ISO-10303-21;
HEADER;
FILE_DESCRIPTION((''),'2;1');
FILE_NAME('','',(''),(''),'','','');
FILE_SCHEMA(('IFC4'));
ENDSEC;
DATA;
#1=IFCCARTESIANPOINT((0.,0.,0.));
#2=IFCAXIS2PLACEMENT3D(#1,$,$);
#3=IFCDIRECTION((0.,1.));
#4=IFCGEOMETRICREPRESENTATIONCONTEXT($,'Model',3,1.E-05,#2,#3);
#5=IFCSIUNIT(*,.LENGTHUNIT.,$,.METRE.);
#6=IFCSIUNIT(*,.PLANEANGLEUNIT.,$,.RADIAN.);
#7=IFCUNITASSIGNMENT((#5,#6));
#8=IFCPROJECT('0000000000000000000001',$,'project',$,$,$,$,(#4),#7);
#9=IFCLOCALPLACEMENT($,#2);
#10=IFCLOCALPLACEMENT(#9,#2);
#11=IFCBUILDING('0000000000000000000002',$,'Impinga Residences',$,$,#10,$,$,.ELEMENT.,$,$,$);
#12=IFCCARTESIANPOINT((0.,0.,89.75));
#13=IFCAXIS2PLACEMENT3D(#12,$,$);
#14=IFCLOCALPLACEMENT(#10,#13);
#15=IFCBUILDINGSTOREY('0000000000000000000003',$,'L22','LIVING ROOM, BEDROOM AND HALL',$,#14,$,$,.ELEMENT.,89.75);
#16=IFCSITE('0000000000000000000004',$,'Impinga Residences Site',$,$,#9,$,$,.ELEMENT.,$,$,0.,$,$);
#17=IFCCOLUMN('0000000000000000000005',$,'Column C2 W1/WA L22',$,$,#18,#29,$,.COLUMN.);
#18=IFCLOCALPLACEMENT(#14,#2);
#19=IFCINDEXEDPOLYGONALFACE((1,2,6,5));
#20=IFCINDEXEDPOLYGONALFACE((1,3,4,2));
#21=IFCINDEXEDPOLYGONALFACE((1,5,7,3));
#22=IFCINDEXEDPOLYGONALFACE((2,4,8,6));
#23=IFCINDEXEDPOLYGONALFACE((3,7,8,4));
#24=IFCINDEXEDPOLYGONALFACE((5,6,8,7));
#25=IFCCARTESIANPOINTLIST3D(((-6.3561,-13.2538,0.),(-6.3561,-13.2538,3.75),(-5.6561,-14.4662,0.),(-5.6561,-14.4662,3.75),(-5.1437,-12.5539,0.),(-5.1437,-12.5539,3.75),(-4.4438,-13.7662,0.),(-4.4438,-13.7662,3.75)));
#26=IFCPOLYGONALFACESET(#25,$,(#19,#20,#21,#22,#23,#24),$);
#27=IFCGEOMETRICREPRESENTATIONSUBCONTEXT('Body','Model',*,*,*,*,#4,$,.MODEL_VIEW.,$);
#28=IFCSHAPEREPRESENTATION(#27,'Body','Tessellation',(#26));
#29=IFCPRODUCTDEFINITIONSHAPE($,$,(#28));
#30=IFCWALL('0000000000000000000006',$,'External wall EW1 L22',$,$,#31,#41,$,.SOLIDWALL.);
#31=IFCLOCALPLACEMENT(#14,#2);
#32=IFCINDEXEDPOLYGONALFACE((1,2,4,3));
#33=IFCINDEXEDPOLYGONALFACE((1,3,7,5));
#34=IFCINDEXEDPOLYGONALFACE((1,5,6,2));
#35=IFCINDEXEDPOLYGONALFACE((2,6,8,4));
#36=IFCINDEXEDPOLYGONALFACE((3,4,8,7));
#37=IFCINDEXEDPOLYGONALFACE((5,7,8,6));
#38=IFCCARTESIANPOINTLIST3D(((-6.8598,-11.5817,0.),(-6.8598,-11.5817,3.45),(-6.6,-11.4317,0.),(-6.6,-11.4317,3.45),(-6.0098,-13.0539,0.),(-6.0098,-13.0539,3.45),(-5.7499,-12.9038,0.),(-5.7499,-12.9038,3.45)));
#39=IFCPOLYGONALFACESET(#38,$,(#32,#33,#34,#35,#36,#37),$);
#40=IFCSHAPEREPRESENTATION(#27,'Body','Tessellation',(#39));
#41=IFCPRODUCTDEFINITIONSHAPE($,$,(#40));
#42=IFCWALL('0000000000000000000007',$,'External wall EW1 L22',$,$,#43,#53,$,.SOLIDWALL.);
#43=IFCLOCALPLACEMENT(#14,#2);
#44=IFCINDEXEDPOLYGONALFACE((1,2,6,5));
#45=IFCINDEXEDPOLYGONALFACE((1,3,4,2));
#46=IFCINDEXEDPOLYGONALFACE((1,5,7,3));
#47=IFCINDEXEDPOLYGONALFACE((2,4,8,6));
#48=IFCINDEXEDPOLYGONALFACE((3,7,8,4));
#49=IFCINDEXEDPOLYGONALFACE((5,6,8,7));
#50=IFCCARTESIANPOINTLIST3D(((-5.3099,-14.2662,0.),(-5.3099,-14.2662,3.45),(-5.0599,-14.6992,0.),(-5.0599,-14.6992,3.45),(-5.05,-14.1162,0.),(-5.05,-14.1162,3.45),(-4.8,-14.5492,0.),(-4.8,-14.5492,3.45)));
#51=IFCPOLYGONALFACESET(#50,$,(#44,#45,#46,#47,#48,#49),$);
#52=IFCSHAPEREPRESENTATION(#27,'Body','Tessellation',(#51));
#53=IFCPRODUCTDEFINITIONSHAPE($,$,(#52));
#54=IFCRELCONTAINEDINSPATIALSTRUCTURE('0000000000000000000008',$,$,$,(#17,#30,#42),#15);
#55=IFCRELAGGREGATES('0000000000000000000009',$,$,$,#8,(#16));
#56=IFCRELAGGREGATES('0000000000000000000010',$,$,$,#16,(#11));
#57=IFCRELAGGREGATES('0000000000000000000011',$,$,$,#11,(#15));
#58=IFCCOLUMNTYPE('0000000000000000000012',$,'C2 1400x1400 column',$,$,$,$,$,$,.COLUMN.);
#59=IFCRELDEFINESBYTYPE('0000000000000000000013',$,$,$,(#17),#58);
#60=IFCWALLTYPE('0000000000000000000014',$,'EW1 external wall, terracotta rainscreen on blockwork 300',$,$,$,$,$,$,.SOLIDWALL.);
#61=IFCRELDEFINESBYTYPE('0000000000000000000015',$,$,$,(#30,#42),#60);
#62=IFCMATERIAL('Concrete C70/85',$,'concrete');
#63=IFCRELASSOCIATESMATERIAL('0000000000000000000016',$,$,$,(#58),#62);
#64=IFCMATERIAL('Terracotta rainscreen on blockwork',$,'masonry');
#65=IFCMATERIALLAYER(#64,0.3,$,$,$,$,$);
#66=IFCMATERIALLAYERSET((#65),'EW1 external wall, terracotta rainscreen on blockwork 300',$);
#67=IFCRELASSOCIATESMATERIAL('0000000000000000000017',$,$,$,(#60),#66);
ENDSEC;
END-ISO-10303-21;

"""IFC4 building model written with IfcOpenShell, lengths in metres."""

from ifc_helpers import new_model, si_unit, direction, frame, frame_2d, origin, origin_2d, place, context, subcontext, project, spatial, rectangle, extrude, material, layer, layer_set, material_profile, profile_set, type_object, element, save


model = new_model("IFC4")

# Units and contexts
model_context = context("Model", 3, precision=1e-05, world=origin(), true_north=direction((0.0, 1.0)))
body_context = subcontext(model_context, "Body", "Model", "MODEL_VIEW")
ifc_project = project(units=[si_unit("LENGTHUNIT", "METRE"), si_unit("PLANEANGLEUNIT", "RADIAN")], contexts=[model_context])

# Site, building, storey
site_placement = place(None, origin())
site = spatial("IfcSite", under=ifc_project, at=site_placement, Name="Impinga Residences Site", CompositionType="ELEMENT", RefElevation=0.0)
building_placement = place(site_placement, origin())
building = spatial("IfcBuilding", under=site, at=building_placement, Name="Impinga Residences", CompositionType="ELEMENT")
storey_placement = place(building_placement, frame((0.0, 0.0, 89.75)))
storey = spatial("IfcBuildingStorey", under=building, at=storey_placement, Name="L22", Description="LIVING ROOM, BEDROOM AND HALL", CompositionType="ELEMENT", Elevation=89.75)

# Column
ifc_material_1 = material(Name="Concrete C70/85", Category="concrete")
ifc_material_profile = material_profile(ifc_material_1, rectangle(XDim=1.3999, YDim=1.3999, at=origin_2d()), Name="RC 1400x1400")
ifc_profile_set = profile_set([ifc_material_profile], Name="Concrete C70/85")
column_type = type_object("IfcColumnType", Name="C2 1400x1400 column", PredefinedType="COLUMN", material=ifc_profile_set)
column_placement = place(storey_placement, frame((-5.3999, -13.51, 0.0), z_axis=(0.0, 0.0, 1.0), x_axis=(-0.5, 0.866025, 0.0)))
element("IfcColumn", 1, at=column_placement, inside=storey, type_object=column_type, Name="Column C2 W1/WA L22", PredefinedType="COLUMN", context=body_context, shape_type="SweptSolid", body=[
    extrude(rectangle(XDim=1.3999, YDim=1.3999, at=origin_2d()), origin(), (0.0, 0.0, 1.0), 3.75),
])

# Walls
ifc_material_2 = material(Name="Terracotta rainscreen on blockwork", Category="masonry")
ifc_layer_1 = layer(ifc_material_2, 0.3)
ifc_layer_set_1 = layer_set([ifc_layer_1], Name="EW1 external wall, terracotta rainscreen on blockwork 300")
wall_type_1 = type_object("IfcWallType", Name="EW1 external wall, terracotta rainscreen on blockwork 300", PredefinedType="SOLIDWALL", material=ifc_layer_set_1)
wall_1_placement = place(storey_placement, frame((-6.73, -11.5066, 0.0), z_axis=(0.0, 0.0, 1.0), x_axis=(0.500062, -0.865989, 0.0)))
element("IfcWall", 2, at=wall_1_placement, inside=storey, type_object=wall_type_1, Name="External wall EW1 L22", PredefinedType="SOLIDWALL", context=body_context, shape_type="SweptSolid", body=[
    extrude(rectangle(XDim=1.7, YDim=0.3, at=frame_2d((0.8501, 0.0))), origin(), (0.0, 0.0, 1.0), 3.45),
])
wall_2_placement = place(storey_placement, frame((-5.1799, -14.1912, 0.0), z_axis=(0.0, 0.0, 1.0), x_axis=(0.49992, -0.866072, 0.0)))
element("IfcWall", 3, at=wall_2_placement, inside=storey, type_object=wall_type_1, Name="External wall EW1 L22", PredefinedType="SOLIDWALL", context=body_context, shape_type="SweptSolid", body=[
    extrude(rectangle(XDim=0.5, YDim=0.3, at=frame_2d((0.25, 0.0))), origin(), (0.0, 0.0, 1.0), 3.45),
])

save(model, "model.ifc")
